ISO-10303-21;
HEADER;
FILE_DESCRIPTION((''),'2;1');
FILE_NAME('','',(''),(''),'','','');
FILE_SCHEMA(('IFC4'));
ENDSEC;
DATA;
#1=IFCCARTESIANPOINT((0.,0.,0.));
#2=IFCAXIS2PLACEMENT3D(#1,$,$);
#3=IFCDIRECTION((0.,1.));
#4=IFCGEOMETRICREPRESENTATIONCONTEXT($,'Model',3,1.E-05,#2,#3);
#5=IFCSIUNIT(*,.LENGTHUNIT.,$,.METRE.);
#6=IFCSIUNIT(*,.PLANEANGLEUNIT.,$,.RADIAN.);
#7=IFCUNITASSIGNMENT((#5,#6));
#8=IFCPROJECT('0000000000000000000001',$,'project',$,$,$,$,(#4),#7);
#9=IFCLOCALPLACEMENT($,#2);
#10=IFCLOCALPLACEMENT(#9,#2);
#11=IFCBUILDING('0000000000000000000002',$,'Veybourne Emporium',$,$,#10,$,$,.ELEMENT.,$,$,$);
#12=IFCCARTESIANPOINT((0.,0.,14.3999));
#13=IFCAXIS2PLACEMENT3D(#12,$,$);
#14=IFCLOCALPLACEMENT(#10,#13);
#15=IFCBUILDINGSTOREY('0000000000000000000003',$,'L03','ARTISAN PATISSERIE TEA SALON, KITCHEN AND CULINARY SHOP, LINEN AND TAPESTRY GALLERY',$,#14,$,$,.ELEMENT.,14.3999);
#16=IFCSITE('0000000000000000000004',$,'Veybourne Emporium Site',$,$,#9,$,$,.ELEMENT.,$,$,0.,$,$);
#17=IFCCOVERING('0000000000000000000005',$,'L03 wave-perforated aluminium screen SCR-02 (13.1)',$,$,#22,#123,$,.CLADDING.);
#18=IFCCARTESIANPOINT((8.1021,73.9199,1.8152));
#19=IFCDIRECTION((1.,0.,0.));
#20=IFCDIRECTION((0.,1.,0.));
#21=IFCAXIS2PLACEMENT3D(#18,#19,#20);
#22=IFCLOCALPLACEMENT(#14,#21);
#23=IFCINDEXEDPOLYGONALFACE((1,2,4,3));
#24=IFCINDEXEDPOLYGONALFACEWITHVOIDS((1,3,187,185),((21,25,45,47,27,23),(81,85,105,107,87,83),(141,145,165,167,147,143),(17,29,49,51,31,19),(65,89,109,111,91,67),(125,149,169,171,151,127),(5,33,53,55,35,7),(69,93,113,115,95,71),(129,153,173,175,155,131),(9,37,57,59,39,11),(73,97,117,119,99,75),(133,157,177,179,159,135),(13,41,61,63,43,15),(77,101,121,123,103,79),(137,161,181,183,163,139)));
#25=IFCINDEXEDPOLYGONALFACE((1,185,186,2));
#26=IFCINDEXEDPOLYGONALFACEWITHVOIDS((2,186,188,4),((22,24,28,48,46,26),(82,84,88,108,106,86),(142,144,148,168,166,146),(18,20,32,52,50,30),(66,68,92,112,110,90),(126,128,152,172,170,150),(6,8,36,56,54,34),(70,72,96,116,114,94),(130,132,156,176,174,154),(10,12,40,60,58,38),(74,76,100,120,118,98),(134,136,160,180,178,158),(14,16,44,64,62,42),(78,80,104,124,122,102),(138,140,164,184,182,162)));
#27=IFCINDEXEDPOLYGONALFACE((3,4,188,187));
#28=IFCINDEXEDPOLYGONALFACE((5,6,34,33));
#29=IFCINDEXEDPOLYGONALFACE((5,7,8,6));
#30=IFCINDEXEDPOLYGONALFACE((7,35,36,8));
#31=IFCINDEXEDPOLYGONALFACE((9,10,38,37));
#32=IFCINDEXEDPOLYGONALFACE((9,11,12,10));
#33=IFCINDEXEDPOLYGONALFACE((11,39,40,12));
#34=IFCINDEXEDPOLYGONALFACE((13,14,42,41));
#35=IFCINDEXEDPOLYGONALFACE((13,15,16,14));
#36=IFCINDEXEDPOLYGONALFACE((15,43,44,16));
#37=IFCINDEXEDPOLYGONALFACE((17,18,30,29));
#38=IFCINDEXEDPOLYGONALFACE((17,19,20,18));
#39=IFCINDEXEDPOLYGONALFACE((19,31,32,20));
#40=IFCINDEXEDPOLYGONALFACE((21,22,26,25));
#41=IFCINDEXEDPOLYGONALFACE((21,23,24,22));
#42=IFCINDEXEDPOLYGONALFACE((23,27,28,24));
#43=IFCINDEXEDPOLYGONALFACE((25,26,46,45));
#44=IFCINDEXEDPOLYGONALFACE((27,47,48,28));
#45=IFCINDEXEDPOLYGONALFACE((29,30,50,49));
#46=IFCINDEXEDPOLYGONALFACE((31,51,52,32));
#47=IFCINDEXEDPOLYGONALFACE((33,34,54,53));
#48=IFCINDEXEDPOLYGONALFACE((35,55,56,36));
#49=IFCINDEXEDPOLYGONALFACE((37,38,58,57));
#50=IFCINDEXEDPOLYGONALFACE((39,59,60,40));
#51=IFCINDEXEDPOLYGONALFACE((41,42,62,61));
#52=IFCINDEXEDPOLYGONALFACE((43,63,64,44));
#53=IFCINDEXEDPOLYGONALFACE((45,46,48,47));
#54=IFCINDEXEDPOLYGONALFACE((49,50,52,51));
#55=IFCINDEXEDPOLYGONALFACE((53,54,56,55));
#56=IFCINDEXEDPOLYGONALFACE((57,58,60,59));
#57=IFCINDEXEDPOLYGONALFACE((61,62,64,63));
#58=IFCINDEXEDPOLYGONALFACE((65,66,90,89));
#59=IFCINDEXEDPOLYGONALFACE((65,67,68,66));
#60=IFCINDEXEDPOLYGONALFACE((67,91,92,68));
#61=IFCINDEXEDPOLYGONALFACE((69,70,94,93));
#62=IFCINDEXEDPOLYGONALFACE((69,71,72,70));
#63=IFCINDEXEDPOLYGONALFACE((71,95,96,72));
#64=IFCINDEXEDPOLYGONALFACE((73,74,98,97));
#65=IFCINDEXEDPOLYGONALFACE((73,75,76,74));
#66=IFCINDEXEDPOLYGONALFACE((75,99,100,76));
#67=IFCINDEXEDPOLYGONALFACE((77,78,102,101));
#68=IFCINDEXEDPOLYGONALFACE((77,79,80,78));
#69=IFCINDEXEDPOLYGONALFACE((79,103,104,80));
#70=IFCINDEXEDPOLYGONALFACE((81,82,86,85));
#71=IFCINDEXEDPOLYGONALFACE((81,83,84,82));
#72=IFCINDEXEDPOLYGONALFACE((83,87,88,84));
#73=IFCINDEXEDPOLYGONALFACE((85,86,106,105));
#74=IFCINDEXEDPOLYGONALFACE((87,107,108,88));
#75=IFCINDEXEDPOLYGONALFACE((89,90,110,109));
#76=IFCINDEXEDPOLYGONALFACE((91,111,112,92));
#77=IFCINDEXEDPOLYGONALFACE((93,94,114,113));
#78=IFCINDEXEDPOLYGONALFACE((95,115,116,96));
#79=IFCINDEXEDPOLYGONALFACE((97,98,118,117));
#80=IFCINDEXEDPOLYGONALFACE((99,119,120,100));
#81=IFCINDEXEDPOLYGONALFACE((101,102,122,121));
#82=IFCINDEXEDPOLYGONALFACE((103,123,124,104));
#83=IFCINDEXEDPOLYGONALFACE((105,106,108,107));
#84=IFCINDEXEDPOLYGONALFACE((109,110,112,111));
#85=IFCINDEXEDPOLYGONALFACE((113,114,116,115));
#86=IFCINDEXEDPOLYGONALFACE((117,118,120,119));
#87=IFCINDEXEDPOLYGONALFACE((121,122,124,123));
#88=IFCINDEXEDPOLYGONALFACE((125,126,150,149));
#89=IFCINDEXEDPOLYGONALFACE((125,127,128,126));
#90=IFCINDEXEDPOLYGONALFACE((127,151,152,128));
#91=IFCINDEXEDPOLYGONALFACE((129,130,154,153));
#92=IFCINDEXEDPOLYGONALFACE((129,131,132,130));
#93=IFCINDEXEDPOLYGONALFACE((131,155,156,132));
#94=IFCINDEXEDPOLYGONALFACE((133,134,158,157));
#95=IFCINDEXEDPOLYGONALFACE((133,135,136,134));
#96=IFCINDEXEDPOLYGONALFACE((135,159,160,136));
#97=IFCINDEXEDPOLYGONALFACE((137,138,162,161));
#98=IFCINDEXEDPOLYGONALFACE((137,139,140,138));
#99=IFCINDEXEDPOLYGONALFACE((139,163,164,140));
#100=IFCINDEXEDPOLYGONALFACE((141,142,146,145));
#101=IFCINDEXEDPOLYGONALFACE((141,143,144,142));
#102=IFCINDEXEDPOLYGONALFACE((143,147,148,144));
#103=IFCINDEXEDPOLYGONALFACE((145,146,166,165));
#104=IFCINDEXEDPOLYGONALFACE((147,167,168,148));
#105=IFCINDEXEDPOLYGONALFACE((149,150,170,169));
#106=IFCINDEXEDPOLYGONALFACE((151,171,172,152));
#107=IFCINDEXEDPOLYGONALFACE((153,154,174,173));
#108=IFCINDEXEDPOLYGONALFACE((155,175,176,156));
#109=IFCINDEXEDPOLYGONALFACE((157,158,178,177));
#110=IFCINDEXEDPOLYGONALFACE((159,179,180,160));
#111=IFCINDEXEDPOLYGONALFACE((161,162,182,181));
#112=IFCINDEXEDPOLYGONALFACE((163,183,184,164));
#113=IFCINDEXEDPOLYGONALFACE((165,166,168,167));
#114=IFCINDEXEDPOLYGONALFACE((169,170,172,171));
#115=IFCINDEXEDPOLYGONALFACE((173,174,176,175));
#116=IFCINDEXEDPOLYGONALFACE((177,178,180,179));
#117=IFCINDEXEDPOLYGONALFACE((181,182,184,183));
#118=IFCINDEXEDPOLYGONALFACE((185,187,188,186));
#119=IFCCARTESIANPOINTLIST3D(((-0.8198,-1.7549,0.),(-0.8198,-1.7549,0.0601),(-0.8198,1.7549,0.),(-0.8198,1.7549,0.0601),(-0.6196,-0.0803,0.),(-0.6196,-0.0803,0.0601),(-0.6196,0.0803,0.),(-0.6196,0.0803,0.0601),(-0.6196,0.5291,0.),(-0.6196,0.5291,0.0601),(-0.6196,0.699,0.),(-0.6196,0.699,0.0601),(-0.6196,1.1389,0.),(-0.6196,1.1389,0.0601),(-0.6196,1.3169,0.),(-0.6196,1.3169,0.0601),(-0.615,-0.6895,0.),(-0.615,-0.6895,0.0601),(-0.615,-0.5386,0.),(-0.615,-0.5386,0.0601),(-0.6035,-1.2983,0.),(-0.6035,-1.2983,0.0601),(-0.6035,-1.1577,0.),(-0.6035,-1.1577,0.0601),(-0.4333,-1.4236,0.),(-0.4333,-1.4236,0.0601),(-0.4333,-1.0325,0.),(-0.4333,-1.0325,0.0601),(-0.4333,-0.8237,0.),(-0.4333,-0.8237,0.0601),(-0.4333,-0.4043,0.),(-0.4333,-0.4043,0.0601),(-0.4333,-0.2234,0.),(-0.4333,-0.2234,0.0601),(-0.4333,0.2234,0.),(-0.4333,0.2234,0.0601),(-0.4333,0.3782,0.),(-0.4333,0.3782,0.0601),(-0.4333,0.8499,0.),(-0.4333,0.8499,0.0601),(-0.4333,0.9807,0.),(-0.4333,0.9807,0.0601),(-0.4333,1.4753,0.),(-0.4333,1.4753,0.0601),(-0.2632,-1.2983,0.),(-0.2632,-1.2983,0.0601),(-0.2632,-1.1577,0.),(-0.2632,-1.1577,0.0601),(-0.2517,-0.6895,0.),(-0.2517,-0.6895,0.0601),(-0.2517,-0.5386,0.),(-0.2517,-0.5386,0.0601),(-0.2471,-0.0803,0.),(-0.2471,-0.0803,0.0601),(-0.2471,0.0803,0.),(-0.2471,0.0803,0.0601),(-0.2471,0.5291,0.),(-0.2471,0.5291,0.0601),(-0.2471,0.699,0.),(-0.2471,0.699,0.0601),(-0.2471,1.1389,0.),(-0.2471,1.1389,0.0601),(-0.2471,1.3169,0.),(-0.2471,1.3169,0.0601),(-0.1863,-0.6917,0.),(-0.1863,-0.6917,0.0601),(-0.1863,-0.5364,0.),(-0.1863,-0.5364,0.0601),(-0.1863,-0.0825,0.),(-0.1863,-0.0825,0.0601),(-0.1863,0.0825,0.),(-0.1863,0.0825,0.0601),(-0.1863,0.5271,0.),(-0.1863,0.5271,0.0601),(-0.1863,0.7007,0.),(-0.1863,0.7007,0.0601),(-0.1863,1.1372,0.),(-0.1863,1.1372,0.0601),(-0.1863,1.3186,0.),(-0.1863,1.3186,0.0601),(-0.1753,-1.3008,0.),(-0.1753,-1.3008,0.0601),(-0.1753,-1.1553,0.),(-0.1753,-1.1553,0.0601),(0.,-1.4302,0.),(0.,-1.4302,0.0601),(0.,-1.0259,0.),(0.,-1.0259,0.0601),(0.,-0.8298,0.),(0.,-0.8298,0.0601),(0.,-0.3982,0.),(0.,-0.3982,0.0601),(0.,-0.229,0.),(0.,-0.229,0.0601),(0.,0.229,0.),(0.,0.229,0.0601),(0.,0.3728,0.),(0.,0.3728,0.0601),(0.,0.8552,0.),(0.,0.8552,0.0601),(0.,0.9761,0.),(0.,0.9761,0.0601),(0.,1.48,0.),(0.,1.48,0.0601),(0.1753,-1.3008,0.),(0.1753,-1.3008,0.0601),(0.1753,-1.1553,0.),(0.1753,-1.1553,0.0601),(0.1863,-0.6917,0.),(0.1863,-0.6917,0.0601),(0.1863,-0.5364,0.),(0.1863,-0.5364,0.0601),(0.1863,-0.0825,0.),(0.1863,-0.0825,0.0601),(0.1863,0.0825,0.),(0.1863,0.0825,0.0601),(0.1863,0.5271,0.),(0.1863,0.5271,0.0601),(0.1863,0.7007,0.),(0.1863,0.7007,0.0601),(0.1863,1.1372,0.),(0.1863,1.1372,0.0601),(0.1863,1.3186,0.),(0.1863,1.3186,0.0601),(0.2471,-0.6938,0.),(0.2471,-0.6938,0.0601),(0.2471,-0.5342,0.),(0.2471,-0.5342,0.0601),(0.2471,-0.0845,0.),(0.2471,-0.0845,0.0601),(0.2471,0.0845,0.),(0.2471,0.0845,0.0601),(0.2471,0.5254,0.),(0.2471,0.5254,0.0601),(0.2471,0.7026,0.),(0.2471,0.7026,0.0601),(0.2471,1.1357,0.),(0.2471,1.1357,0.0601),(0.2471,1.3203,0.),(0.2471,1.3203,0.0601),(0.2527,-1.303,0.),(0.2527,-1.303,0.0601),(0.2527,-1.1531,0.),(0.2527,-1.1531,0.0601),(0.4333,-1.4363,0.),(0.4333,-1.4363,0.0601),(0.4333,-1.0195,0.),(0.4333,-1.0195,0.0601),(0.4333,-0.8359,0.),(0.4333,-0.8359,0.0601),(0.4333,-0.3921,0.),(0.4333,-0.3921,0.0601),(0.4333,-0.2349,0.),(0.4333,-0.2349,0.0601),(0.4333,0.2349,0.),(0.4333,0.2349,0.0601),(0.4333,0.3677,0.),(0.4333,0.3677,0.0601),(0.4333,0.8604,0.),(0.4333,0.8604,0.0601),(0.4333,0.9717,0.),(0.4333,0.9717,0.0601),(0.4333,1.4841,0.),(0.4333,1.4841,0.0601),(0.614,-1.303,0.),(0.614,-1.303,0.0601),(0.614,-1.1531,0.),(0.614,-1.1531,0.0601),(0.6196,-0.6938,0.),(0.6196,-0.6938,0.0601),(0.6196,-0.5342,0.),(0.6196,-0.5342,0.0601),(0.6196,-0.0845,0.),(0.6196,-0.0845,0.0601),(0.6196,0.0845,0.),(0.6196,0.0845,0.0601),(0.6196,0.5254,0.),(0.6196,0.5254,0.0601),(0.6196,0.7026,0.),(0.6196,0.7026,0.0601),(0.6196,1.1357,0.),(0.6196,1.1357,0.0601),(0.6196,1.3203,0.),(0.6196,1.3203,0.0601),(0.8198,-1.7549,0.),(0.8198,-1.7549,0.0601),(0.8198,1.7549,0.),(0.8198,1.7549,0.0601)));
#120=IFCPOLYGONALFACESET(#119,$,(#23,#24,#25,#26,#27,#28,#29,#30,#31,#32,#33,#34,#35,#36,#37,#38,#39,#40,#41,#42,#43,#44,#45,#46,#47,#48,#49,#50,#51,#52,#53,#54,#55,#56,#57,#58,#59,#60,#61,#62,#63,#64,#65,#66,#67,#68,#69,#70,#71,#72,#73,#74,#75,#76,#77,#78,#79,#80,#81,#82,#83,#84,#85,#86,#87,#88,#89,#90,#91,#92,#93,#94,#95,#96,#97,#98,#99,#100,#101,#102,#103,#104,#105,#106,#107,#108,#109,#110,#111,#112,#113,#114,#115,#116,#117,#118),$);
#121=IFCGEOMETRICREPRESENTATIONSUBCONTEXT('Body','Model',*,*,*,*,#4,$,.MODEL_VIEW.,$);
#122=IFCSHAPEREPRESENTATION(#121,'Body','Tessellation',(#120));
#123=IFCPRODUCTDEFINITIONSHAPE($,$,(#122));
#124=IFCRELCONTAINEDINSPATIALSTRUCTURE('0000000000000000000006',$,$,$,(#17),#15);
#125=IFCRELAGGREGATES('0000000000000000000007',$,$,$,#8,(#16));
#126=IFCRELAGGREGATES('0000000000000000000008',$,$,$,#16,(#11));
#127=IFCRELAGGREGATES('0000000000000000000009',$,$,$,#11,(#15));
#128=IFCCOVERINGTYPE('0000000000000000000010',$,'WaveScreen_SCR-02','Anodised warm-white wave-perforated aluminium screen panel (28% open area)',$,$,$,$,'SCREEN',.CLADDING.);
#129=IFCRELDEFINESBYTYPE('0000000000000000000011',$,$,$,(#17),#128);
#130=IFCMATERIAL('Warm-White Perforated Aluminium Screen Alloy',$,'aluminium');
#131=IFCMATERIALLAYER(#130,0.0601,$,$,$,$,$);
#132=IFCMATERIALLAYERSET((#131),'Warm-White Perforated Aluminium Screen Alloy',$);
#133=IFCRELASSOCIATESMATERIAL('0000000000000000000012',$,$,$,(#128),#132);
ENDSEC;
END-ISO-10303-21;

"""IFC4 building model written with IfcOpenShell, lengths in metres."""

from ifc_helpers import new_model, si_unit, direction, frame, origin, place, context, subcontext, project, spatial, polyline, outline, extrude, material, layer, layer_set, type_object, element, save


model = new_model("IFC4")

# Units and contexts
model_context = context("Model", 3, precision=1e-05, world=origin(), true_north=direction((0.0, 1.0)))
body_context = subcontext(model_context, "Body", "Model", "MODEL_VIEW")
ifc_project = project(units=[si_unit("LENGTHUNIT", "METRE"), si_unit("PLANEANGLEUNIT", "RADIAN")], contexts=[model_context])

# Site, building, storey
site_placement = place(None, origin())
site = spatial("IfcSite", under=ifc_project, at=site_placement, Name="Veybourne Emporium Site", CompositionType="ELEMENT", RefElevation=0.0)
building_placement = place(site_placement, origin())
building = spatial("IfcBuilding", under=site, at=building_placement, Name="Veybourne Emporium", CompositionType="ELEMENT")
storey_placement = place(building_placement, frame((0.0, 0.0, 14.3999)))
storey = spatial("IfcBuildingStorey", under=building, at=storey_placement, Name="L03", Description="ARTISAN PATISSERIE TEA SALON, KITCHEN AND CULINARY SHOP, LINEN AND TAPESTRY GALLERY", CompositionType="ELEMENT", Elevation=14.3999)

# Covering
ifc_material_1 = material(Name="Warm-White Perforated Aluminium Screen Alloy", Category="aluminium")
ifc_layer_1 = layer(ifc_material_1, 0.0601)
ifc_layer_set_1 = layer_set([ifc_layer_1], Name="Warm-White Perforated Aluminium Screen Alloy")
covering_type_1 = type_object("IfcCoveringType", Name="WaveScreen_SCR-02", Description="Anodised warm-white wave-perforated aluminium screen panel (28% open area)", ElementType="SCREEN", PredefinedType="CLADDING", material=ifc_layer_set_1)
covering_1_placement = place(storey_placement, frame((8.1021, 73.9199, 1.8152), z_axis=(1.0, 0.0, 0.0), x_axis=(0.0, 1.0, 0.0)))
element("IfcCovering", 1, at=covering_1_placement, inside=storey, type_object=covering_type_1, Name="L03 wave-perforated aluminium screen SCR-02 (13.1)", PredefinedType="CLADDING", context=body_context, shape_type="SweptSolid", body=[
    extrude(outline(polyline([(-0.8198, -1.7549), (0.8198, -1.7549), (0.8198, 1.7549), (-0.8198, 1.7549), (-0.8198, -1.7549)]), holes=[polyline([(-0.4333, -1.0325), (-0.2632, -1.1577), (-0.2632, -1.2983), (-0.4333, -1.4236), (-0.6035, -1.2983), (-0.6035, -1.1577), (-0.4333, -1.0325)]), polyline([(-0.4333, -0.4043), (-0.2517, -0.5386), (-0.2517, -0.6895), (-0.4333, -0.8237), (-0.615, -0.6895), (-0.615, -0.5386), (-0.4333, -0.4043)]), polyline([(-0.4333, 0.2234), (-0.2471, 0.0803), (-0.2471, -0.0803), (-0.4333, -0.2234), (-0.6196, -0.0803), (-0.6196, 0.0803), (-0.4333, 0.2234)]), polyline([(-0.4333, 0.8499), (-0.2471, 0.699), (-0.2471, 0.5291), (-0.4333, 0.3782), (-0.6196, 0.5291), (-0.6196, 0.699), (-0.4333, 0.8499)]), polyline([(-0.4333, 1.4753), (-0.2471, 1.3169), (-0.2471, 1.1389), (-0.4333, 0.9807), (-0.6196, 1.1389), (-0.6196, 1.3169), (-0.4333, 1.4753)]), polyline([(0.0, -1.0259), (0.1753, -1.1553), (0.1753, -1.3008), (0.0, -1.4302), (-0.1753, -1.3008), (-0.1753, -1.1553), (0.0, -1.0259)]), polyline([(0.0, -0.3982), (0.1863, -0.5364), (0.1863, -0.6917), (0.0, -0.8298), (-0.1863, -0.6917), (-0.1863, -0.5364), (0.0, -0.3982)]), polyline([(0.0, 0.229), (0.1863, 0.0825), (0.1863, -0.0825), (0.0, -0.229), (-0.1863, -0.0825), (-0.1863, 0.0825), (0.0, 0.229)]), polyline([(0.0, 0.8552), (0.1863, 0.7007), (0.1863, 0.5271), (0.0, 0.3728), (-0.1863, 0.5271), (-0.1863, 0.7007), (0.0, 0.8552)]), polyline([(0.0, 1.48), (0.1863, 1.3186), (0.1863, 1.1372), (0.0, 0.9761), (-0.1863, 1.1372), (-0.1863, 1.3186), (0.0, 1.48)]), polyline([(0.4333, -1.0195), (0.614, -1.1531), (0.614, -1.303), (0.4333, -1.4363), (0.2527, -1.303), (0.2527, -1.1531), (0.4333, -1.0195)]), polyline([(0.4333, -0.3921), (0.6196, -0.5342), (0.6196, -0.6938), (0.4333, -0.8359), (0.2471, -0.6938), (0.2471, -0.5342), (0.4333, -0.3921)]), polyline([(0.4333, 0.2349), (0.6196, 0.0845), (0.6196, -0.0845), (0.4333, -0.2349), (0.2471, -0.0845), (0.2471, 0.0845), (0.4333, 0.2349)]), polyline([(0.4333, 0.8604), (0.6196, 0.7026), (0.6196, 0.5254), (0.4333, 0.3677), (0.2471, 0.5254), (0.2471, 0.7026), (0.4333, 0.8604)]), polyline([(0.4333, 1.4841), (0.6196, 1.3203), (0.6196, 1.1357), (0.4333, 0.9717), (0.2471, 1.1357), (0.2471, 1.3203), (0.4333, 1.4841)])]), origin(), (0.0, 0.0, 1.0), 0.0601),
])

save(model, "model.ifc")
